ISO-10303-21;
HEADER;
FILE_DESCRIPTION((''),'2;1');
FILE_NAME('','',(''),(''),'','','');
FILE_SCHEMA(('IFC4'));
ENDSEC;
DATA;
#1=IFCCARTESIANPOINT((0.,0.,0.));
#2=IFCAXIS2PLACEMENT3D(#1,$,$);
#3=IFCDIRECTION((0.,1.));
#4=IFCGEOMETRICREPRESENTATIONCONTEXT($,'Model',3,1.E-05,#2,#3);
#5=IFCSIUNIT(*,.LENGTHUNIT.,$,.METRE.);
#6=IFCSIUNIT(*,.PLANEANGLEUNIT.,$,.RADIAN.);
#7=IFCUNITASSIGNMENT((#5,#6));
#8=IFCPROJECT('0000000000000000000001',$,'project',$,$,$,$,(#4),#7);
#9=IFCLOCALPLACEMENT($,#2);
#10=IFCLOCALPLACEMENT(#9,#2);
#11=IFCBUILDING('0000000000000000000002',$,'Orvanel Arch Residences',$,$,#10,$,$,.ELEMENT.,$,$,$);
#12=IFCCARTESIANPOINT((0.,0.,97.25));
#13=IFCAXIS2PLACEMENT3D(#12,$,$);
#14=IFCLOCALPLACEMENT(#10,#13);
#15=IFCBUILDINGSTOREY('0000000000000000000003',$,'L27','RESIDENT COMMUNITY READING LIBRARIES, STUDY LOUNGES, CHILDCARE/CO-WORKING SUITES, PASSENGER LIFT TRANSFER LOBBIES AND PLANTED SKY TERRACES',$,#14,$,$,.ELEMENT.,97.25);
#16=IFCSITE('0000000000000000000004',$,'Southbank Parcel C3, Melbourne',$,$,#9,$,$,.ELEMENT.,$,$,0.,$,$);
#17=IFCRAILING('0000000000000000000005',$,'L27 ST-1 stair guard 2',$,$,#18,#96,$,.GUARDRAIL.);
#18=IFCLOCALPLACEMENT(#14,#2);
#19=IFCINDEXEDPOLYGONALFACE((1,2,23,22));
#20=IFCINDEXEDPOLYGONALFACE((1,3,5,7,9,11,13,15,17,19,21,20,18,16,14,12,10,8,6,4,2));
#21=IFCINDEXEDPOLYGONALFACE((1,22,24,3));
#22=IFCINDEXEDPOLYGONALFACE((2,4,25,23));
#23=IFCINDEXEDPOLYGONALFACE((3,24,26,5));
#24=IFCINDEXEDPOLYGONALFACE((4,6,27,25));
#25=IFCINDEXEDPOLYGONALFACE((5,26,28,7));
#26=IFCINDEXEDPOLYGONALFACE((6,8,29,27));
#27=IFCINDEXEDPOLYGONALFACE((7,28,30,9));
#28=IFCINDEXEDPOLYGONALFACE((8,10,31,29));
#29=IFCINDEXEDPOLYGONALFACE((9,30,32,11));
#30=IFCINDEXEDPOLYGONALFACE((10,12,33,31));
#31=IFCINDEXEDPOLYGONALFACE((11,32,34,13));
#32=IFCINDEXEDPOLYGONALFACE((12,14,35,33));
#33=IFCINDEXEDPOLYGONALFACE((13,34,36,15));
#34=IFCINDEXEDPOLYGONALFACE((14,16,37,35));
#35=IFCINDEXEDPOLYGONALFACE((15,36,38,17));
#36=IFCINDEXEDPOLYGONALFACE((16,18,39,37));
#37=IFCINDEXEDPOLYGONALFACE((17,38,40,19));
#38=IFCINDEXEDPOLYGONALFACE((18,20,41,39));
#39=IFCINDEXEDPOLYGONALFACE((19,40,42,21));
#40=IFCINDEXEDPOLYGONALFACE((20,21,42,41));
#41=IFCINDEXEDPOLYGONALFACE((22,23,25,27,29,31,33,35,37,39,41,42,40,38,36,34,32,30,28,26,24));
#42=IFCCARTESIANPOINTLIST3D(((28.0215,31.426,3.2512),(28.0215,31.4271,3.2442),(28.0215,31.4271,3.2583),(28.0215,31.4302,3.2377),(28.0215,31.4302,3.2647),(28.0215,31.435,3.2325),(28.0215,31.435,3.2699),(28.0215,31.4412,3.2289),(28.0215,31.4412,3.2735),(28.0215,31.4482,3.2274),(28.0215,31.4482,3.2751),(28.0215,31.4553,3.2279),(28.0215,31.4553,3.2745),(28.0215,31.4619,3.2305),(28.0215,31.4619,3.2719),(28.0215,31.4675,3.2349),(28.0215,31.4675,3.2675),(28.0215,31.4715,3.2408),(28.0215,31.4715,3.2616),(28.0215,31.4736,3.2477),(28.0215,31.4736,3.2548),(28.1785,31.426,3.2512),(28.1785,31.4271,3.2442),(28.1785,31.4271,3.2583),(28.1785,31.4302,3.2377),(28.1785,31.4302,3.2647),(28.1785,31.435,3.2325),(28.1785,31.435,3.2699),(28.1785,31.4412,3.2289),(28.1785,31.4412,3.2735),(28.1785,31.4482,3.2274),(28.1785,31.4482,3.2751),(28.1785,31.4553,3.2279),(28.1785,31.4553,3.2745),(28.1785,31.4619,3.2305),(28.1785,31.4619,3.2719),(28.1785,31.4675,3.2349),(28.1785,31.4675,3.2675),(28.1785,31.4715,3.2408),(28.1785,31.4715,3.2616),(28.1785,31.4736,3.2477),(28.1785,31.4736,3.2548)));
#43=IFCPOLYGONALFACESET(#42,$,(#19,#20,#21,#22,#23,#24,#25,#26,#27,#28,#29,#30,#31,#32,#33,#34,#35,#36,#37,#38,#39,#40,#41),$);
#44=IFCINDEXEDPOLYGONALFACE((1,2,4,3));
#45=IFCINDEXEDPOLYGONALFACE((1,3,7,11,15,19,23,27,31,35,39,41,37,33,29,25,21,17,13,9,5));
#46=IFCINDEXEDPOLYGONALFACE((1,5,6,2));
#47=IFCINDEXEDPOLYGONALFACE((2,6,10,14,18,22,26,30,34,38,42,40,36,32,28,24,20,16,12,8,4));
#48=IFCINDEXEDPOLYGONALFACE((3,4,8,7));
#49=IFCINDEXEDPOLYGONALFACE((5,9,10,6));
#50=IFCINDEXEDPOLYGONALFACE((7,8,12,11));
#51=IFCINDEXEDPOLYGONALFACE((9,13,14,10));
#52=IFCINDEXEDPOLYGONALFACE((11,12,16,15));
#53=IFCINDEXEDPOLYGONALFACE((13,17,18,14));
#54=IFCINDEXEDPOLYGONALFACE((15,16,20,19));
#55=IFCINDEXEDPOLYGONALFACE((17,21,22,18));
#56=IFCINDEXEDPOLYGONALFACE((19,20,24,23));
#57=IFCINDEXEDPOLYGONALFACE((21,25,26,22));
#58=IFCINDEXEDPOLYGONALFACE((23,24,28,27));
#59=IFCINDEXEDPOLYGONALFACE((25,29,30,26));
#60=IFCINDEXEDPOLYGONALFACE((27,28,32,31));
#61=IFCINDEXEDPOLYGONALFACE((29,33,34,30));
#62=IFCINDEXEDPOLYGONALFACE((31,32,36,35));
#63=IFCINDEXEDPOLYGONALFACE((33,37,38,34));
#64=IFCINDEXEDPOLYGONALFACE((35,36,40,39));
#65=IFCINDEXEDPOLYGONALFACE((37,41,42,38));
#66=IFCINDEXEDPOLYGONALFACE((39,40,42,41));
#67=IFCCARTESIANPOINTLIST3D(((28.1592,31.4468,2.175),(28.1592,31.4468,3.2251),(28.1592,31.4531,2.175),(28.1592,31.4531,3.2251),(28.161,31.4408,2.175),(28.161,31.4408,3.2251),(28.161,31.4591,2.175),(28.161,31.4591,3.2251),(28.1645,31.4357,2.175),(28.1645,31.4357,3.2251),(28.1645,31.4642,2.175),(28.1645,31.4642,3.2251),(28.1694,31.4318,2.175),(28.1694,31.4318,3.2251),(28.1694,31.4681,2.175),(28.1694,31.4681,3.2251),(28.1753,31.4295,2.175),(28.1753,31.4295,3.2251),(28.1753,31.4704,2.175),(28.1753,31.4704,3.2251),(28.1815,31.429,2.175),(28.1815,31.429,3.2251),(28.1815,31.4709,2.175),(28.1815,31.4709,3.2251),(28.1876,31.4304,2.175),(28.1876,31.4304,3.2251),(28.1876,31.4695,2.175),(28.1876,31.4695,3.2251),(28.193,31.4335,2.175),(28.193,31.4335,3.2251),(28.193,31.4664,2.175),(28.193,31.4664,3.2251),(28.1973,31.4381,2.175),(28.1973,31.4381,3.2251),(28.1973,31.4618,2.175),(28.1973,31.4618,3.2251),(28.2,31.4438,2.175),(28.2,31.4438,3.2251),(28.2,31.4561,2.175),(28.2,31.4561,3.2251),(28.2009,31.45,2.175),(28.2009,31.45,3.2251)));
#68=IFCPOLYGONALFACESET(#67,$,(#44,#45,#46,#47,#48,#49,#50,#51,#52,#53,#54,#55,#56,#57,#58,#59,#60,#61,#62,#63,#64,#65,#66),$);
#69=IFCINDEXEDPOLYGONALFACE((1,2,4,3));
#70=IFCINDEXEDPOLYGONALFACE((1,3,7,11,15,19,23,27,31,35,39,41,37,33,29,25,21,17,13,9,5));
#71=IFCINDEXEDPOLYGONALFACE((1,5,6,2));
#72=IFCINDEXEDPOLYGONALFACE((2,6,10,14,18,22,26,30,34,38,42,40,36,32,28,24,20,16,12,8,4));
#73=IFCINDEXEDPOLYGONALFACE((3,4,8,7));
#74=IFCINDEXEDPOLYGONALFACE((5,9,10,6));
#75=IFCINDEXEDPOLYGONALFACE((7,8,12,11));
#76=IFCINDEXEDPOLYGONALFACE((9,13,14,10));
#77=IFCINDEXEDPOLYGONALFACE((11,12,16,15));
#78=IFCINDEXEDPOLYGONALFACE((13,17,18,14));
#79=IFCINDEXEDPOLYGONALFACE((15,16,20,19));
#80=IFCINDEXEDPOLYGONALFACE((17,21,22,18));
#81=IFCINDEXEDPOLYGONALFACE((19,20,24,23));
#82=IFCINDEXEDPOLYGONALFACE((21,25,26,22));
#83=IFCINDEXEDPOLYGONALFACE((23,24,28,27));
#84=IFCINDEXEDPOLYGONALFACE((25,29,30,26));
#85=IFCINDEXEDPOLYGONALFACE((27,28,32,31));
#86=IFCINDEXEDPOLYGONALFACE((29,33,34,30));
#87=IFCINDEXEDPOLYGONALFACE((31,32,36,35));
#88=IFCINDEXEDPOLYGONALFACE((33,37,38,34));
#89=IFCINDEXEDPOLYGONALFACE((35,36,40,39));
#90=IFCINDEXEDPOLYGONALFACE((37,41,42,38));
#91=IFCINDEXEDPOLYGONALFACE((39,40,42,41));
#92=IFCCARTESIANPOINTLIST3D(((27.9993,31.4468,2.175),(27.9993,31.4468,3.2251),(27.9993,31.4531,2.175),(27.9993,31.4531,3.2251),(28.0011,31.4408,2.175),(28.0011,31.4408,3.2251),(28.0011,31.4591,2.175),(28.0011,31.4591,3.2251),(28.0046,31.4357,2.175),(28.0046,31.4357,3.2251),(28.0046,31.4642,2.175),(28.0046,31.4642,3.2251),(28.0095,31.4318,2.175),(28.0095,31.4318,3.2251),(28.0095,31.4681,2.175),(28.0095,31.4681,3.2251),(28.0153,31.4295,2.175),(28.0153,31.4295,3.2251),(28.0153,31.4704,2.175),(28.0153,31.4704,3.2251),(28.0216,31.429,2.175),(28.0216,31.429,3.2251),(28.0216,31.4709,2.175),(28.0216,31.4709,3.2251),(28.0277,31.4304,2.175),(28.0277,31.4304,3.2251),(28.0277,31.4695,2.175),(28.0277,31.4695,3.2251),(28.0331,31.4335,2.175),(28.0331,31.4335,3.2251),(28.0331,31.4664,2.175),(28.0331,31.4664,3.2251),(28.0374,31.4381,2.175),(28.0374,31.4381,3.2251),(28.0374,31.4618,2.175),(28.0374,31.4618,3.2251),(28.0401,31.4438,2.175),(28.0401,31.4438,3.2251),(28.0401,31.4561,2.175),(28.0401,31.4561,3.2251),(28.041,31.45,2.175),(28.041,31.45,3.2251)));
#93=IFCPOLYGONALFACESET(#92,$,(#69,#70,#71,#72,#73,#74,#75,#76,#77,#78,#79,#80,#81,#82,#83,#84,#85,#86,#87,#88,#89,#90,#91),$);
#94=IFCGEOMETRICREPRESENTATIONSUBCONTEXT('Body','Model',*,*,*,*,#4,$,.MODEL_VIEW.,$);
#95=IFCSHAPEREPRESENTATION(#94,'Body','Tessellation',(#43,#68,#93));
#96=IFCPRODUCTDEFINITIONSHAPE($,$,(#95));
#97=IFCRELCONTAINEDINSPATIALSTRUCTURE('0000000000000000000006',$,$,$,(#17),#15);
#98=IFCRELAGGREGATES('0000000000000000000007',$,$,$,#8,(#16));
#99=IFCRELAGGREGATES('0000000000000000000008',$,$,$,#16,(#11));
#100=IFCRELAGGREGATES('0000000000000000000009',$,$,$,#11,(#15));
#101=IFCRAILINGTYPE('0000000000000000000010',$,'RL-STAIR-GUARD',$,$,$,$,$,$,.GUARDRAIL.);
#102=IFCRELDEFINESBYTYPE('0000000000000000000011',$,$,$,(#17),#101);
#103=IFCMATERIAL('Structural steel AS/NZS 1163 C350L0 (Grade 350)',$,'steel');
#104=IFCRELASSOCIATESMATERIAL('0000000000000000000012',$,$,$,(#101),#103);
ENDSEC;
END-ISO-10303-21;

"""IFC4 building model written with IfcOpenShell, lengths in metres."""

from ifc_helpers import new_model, si_unit, direction, frame, origin, origin_2d, place, context, subcontext, project, spatial, circle, extrude, material, type_object, element, save


model = new_model("IFC4")

# Units and contexts
model_context = context("Model", 3, precision=1e-05, world=origin(), true_north=direction((0.0, 1.0)))
body_context = subcontext(model_context, "Body", "Model", "MODEL_VIEW")
ifc_project = project(units=[si_unit("LENGTHUNIT", "METRE"), si_unit("PLANEANGLEUNIT", "RADIAN")], contexts=[model_context])

# Site, building, storey
site_placement = place(None, origin())
site = spatial("IfcSite", under=ifc_project, at=site_placement, Name="Southbank Parcel C3, Melbourne", CompositionType="ELEMENT", RefElevation=0.0)
building_placement = place(site_placement, origin())
building = spatial("IfcBuilding", under=site, at=building_placement, Name="Orvanel Arch Residences", CompositionType="ELEMENT")
storey_placement = place(building_placement, frame((0.0, 0.0, 97.25)))
storey = spatial("IfcBuildingStorey", under=building, at=storey_placement, Name="L27", Description="RESIDENT COMMUNITY READING LIBRARIES, STUDY LOUNGES, CHILDCARE/CO-WORKING SUITES, PASSENGER LIFT TRANSFER LOBBIES AND PLANTED SKY TERRACES", CompositionType="ELEMENT", Elevation=97.25)

# Railing
ifc_material_1 = material(Name="Structural steel AS/NZS 1163 C350L0 (Grade 350)", Category="steel")
railing_type_1 = type_object("IfcRailingType", Name="RL-STAIR-GUARD", PredefinedType="GUARDRAIL", material=ifc_material_1)
railing_1_placement = place(storey_placement, frame((28.1799, 31.45, 2.175)))
element("IfcRailing", 1, at=railing_1_placement, inside=storey, type_object=railing_type_1, Name="L27 ST-1 stair guard 2", PredefinedType="GUARDRAIL", context=body_context, shape_type="SweptSolid", body=[
    extrude(circle(Radius=0.0239, at=origin_2d()), frame((-0.0015, 0.0, 1.0762), z_axis=(-1.0, 0.0, 0.0), x_axis=(0.0, -1.0, 0.0)), (0.0, 0.0, 1.0), 0.157),
    extrude(circle(Radius=0.021, at=origin_2d()), origin(), (0.0, 0.0, 1.0), 1.05),
    extrude(circle(Radius=0.021, at=origin_2d()), frame((-0.1599, 0.0, 0.0)), (0.0, 0.0, 1.0), 1.05),
])

save(model, "model.ifc")
